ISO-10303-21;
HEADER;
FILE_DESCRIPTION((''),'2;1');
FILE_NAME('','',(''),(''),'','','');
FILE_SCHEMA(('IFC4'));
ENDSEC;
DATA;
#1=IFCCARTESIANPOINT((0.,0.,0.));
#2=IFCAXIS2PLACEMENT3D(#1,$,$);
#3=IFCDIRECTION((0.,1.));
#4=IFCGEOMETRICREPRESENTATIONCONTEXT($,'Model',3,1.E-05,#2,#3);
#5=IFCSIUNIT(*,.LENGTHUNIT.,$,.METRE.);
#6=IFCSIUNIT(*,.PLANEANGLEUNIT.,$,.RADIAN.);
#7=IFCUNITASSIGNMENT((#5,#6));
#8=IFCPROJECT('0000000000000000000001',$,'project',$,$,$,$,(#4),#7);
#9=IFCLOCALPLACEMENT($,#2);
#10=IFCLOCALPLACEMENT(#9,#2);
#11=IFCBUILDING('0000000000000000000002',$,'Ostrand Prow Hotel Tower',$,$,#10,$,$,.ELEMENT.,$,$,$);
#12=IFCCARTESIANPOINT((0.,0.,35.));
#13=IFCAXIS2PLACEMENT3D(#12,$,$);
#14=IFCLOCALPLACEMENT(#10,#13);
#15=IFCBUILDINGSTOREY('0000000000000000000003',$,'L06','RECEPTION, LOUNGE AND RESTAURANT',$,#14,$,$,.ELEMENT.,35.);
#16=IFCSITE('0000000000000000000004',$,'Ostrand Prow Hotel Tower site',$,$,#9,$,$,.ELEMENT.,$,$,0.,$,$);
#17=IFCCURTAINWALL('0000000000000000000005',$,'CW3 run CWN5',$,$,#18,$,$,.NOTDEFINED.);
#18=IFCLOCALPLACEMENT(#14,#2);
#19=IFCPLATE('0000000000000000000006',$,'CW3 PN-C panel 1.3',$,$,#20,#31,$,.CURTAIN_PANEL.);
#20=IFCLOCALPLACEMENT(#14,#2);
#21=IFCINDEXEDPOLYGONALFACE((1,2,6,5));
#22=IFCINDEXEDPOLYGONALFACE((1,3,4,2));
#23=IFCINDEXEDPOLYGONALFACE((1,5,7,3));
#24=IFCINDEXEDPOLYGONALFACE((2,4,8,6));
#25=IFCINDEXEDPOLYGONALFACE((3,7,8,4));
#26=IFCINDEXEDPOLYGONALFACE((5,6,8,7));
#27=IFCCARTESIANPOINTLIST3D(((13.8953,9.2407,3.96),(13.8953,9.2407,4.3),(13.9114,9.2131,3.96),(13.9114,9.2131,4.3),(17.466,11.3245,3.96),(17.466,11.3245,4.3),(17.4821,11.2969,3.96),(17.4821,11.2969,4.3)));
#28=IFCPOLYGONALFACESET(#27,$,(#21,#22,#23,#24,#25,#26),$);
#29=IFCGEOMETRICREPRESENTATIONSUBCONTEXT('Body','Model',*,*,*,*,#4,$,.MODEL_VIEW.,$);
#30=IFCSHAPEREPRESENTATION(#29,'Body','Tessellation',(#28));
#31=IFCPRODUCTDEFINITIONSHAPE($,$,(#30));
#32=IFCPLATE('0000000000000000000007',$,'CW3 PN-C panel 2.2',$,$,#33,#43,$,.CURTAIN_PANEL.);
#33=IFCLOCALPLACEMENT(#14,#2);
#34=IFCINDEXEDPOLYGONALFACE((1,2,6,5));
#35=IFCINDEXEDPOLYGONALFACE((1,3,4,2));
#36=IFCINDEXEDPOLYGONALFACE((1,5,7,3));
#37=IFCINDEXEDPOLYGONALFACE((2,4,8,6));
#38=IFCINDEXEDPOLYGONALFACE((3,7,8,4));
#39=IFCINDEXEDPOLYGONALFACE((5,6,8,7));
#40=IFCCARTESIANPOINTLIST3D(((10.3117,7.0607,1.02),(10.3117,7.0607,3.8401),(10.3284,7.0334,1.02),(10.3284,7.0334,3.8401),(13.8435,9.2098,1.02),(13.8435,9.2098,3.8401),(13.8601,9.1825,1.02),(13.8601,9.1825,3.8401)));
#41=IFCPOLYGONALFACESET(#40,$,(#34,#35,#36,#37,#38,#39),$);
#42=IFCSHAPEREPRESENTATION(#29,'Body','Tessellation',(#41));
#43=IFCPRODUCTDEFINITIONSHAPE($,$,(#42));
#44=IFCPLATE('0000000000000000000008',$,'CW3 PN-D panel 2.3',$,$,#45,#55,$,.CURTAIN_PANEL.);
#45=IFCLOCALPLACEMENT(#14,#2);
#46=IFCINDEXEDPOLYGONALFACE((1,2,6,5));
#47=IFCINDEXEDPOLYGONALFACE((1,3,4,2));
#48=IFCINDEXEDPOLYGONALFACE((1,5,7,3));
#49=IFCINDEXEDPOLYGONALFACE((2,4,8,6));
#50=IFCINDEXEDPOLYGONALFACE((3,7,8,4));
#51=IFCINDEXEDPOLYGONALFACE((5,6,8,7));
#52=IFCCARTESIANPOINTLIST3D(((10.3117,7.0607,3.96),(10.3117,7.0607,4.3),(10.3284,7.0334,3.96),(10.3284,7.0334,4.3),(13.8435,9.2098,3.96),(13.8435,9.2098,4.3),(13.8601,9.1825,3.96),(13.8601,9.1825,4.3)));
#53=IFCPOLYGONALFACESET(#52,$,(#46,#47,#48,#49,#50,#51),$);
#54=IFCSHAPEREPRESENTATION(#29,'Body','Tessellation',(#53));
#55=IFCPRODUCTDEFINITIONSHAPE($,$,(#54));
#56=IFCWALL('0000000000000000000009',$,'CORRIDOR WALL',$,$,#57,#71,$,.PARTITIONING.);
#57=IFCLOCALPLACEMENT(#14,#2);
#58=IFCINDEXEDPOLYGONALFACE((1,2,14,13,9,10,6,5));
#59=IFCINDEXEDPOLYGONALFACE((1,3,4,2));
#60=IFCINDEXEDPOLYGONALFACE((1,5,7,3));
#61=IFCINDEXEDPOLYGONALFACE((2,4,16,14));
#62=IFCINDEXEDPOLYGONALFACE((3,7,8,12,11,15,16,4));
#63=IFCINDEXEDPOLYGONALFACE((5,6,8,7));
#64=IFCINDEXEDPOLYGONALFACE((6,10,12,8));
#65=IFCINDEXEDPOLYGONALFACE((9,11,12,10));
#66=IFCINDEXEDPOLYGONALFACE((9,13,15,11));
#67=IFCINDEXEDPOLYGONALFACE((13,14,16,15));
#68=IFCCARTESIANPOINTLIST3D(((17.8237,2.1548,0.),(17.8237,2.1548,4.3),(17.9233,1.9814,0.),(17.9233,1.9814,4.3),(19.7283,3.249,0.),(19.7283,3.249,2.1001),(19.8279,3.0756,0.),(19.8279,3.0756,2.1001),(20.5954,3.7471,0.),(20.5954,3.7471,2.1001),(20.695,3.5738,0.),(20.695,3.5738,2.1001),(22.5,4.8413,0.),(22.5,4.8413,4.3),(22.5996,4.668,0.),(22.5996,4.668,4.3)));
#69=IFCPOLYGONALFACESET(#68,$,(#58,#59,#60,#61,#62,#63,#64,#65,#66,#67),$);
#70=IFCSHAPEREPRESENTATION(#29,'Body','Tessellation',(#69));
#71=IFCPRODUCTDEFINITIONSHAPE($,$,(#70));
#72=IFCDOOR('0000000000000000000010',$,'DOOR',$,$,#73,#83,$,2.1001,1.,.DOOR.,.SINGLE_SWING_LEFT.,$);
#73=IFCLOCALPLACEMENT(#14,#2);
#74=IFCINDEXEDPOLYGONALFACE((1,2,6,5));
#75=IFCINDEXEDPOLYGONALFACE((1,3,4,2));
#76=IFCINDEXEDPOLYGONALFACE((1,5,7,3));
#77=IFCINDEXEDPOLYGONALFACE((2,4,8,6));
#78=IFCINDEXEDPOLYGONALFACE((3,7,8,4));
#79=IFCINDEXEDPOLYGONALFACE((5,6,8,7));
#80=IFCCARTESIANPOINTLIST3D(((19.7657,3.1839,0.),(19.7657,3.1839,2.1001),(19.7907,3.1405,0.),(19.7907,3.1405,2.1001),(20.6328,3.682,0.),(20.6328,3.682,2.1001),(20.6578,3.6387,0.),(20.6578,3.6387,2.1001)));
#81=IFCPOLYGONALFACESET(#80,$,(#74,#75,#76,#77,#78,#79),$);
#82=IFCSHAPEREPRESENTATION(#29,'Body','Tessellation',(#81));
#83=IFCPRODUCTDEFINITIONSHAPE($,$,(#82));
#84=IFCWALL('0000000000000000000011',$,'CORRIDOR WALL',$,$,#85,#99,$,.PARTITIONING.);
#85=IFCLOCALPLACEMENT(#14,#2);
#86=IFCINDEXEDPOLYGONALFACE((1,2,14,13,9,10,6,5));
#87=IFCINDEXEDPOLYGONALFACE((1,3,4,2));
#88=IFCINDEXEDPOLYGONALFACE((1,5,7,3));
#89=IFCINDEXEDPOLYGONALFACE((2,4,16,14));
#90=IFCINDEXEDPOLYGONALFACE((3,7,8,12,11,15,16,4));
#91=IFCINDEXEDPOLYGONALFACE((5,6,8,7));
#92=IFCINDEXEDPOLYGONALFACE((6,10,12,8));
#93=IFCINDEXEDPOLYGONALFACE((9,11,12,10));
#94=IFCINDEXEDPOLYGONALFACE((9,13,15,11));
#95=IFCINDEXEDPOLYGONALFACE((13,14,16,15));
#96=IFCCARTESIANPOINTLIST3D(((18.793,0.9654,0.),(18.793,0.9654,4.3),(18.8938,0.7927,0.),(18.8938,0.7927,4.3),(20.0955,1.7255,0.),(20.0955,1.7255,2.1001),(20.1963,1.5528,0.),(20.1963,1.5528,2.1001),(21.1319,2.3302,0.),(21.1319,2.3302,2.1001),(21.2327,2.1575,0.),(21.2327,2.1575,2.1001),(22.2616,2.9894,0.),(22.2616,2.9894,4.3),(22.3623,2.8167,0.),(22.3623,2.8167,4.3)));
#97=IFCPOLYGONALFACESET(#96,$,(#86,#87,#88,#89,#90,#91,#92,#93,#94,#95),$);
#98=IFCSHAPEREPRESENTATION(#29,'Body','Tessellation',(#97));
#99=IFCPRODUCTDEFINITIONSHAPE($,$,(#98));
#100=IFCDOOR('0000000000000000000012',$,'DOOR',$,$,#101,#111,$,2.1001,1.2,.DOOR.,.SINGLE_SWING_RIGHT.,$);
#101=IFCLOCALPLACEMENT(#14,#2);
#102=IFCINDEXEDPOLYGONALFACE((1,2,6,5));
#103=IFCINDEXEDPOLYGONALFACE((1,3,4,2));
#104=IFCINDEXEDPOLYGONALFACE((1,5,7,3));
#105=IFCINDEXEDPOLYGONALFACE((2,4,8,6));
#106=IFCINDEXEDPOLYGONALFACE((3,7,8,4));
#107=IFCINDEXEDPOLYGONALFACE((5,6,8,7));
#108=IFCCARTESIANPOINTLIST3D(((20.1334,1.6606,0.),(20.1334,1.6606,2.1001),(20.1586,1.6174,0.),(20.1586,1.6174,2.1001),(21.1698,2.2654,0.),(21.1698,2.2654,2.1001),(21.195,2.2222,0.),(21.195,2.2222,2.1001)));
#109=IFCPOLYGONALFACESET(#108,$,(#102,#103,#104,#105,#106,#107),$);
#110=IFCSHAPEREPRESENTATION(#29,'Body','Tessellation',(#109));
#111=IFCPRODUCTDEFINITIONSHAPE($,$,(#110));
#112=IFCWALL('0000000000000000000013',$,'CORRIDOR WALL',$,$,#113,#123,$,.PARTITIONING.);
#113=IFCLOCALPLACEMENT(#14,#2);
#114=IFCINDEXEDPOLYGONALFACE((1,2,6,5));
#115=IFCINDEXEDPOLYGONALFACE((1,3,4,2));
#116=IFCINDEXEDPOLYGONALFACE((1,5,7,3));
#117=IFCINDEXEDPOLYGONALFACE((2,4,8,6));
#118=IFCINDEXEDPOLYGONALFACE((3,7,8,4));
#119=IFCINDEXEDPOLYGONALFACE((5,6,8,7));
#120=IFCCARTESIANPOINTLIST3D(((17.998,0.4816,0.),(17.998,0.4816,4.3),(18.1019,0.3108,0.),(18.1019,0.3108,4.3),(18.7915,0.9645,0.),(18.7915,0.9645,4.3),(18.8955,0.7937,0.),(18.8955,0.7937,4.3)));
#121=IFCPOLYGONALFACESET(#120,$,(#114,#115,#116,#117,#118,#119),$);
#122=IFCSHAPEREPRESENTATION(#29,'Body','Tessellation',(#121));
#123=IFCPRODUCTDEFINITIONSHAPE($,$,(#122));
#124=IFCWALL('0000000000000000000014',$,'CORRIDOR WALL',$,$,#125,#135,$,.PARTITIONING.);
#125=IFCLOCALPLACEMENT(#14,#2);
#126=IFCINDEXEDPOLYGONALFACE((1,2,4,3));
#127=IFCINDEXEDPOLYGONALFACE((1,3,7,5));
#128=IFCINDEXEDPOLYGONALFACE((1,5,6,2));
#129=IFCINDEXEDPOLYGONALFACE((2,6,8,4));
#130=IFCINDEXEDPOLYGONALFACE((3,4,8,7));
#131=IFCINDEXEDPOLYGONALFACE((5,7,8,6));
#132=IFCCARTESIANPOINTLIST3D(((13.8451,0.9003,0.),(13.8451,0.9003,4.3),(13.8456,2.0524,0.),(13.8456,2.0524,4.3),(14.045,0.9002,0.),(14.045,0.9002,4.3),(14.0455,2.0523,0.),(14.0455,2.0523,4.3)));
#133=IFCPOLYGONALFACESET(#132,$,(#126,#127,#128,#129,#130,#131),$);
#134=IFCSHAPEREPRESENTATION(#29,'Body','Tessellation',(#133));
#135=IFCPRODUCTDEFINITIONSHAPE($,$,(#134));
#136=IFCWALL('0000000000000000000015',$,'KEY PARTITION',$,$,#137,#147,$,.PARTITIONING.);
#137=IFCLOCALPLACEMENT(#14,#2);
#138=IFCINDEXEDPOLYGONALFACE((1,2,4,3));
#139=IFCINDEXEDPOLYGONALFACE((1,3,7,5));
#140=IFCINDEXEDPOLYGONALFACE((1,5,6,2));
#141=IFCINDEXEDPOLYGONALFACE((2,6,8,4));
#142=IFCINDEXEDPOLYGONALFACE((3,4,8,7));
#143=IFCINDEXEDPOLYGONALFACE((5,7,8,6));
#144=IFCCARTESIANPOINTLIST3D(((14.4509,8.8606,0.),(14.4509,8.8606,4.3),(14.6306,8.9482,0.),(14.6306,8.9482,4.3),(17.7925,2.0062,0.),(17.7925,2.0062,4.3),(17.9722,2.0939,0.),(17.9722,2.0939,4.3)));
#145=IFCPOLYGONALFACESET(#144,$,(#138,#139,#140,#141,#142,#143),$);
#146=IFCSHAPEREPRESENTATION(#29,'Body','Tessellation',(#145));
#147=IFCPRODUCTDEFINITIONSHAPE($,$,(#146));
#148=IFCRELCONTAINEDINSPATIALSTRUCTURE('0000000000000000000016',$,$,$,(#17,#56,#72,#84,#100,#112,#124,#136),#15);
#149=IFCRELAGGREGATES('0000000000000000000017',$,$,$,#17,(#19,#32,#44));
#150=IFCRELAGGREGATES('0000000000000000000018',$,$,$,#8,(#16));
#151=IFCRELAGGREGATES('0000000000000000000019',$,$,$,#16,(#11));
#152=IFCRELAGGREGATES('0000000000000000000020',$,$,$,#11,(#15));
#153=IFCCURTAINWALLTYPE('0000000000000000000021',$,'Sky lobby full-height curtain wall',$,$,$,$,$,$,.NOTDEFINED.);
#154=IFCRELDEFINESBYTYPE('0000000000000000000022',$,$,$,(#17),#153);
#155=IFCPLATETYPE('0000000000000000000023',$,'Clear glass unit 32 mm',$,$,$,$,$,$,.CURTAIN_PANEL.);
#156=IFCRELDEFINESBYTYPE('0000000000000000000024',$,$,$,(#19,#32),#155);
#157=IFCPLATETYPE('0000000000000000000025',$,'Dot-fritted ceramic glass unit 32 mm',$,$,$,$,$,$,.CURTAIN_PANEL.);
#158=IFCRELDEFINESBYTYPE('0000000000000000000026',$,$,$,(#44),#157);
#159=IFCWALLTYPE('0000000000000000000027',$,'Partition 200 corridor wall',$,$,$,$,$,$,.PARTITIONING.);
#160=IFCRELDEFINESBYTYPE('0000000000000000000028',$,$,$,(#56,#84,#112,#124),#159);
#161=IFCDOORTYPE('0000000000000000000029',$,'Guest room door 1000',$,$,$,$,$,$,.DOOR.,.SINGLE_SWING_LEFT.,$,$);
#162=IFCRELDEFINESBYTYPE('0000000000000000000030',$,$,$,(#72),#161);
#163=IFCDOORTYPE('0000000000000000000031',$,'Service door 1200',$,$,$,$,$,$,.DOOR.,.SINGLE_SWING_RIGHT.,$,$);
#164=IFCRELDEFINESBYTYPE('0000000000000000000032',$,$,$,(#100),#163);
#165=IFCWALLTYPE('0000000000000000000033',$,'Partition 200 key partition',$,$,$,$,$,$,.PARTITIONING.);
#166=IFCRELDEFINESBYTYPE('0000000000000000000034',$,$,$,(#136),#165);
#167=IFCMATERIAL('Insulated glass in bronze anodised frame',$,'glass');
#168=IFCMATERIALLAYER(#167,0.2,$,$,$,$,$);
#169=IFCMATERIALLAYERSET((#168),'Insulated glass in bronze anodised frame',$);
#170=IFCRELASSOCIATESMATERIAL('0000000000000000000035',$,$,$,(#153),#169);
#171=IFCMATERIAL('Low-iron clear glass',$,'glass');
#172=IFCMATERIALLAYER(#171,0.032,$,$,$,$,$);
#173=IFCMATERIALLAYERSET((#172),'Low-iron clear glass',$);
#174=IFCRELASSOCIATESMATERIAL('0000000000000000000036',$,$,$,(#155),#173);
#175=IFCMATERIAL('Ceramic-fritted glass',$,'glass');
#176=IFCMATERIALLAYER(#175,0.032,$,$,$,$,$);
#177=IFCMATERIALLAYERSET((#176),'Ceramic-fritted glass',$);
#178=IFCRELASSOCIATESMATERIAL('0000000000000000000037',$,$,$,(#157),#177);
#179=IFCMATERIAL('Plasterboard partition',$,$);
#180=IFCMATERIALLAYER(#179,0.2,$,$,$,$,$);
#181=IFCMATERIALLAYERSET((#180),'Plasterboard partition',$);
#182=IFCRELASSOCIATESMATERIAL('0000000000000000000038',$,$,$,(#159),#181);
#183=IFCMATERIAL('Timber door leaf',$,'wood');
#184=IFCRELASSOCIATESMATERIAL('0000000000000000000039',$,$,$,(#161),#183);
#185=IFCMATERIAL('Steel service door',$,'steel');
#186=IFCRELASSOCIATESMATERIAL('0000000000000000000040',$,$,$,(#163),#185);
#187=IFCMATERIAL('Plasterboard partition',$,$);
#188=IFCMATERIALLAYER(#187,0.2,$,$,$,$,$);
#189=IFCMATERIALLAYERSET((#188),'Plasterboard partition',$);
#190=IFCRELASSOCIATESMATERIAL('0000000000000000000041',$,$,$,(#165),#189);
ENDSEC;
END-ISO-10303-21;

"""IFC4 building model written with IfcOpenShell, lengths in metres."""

from ifc_helpers import new_model, si_unit, direction, frame, frame_2d, origin, origin_2d, place, context, subcontext, project, spatial, rectangle, extrude, material, layer, layer_set, type_object, element, fill, aggregate, save


model = new_model("IFC4")

# Units and contexts
model_context = context("Model", 3, precision=1e-05, world=origin(), true_north=direction((0.0, 1.0)))
body_context = subcontext(model_context, "Body", "Model", "MODEL_VIEW")
ifc_project = project(units=[si_unit("LENGTHUNIT", "METRE"), si_unit("PLANEANGLEUNIT", "RADIAN")], contexts=[model_context])

# Site, building, storey
site_placement = place(None, origin())
site = spatial("IfcSite", under=ifc_project, at=site_placement, Name="Ostrand Prow Hotel Tower site", CompositionType="ELEMENT", RefElevation=0.0)
building_placement = place(site_placement, origin())
building = spatial("IfcBuilding", under=site, at=building_placement, Name="Ostrand Prow Hotel Tower", CompositionType="ELEMENT")
storey_placement = place(building_placement, frame((0.0, 0.0, 35.0)))
storey = spatial("IfcBuildingStorey", under=building, at=storey_placement, Name="L06", Description="RECEPTION, LOUNGE AND RESTAURANT", CompositionType="ELEMENT", Elevation=35.0)

# Shared definitions
ifc_material_1 = material(Name="Insulated glass in bronze anodised frame", Category="glass")
ifc_layer_1 = layer(ifc_material_1, 0.2)
ifc_layer_set_1 = layer_set([ifc_layer_1], Name="Insulated glass in bronze anodised frame")
curtain_wall_type = type_object("IfcCurtainWallType", Name="Sky lobby full-height curtain wall", PredefinedType="NOTDEFINED", material=ifc_layer_set_1)

# Curtain wall
curtain_wall_1_placement = place(storey_placement, origin())
curtain_wall_1 = element("IfcCurtainWall", 1, at=curtain_wall_1_placement, inside=storey, type_object=curtain_wall_type, Name="CW3 run CWN5", PredefinedType="NOTDEFINED")

# Plates
ifc_material_2 = material(Name="Low-iron clear glass", Category="glass")
ifc_layer_2 = layer(ifc_material_2, 0.032)
ifc_layer_set_2 = layer_set([ifc_layer_2], Name="Low-iron clear glass")
plate_type_1 = type_object("IfcPlateType", Name="Clear glass unit 32 mm", PredefinedType="CURTAIN_PANEL", material=ifc_layer_set_2)
plate_1_placement = place(storey_placement, frame((15.6887, 10.2688, 3.96), z_axis=(0.0, 0.0, 1.0), x_axis=(-0.86369, -0.504023, 0.0)))
plate_1 = element("IfcPlate", 2, at=plate_1_placement, type_object=plate_type_1, Name="CW3 PN-C panel 1.3", PredefinedType="CURTAIN_PANEL", context=body_context, shape_type="SweptSolid", body=[
    extrude(rectangle(XDim=4.1343, YDim=0.032, at=origin_2d()), origin(), (0.0, 0.0, 1.0), 0.3401),
])
plate_2_placement = place(storey_placement, frame((12.0859, 8.1216, 1.02), z_axis=(0.0, 0.0, 1.0), x_axis=(-0.854269, -0.519831, 0.0)))
plate_2 = element("IfcPlate", 3, at=plate_2_placement, type_object=plate_type_1, Name="CW3 PN-C panel 2.2", PredefinedType="CURTAIN_PANEL", context=body_context, shape_type="SweptSolid", body=[
    extrude(rectangle(XDim=4.1343, YDim=0.032, at=origin_2d()), origin(), (0.0, 0.0, 1.0), 2.8201),
])
ifc_material_3 = material(Name="Ceramic-fritted glass", Category="glass")
ifc_layer_3 = layer(ifc_material_3, 0.032)
ifc_layer_set_3 = layer_set([ifc_layer_3], Name="Ceramic-fritted glass")
plate_type_2 = type_object("IfcPlateType", Name="Dot-fritted ceramic glass unit 32 mm", PredefinedType="CURTAIN_PANEL", material=ifc_layer_set_3)
plate_3_placement = place(storey_placement, frame((12.0859, 8.1216, 3.96), z_axis=(0.0, 0.0, 1.0), x_axis=(-0.854269, -0.519831, 0.0)))
plate_3 = element("IfcPlate", 4, at=plate_3_placement, type_object=plate_type_2, Name="CW3 PN-D panel 2.3", PredefinedType="CURTAIN_PANEL", context=body_context, shape_type="SweptSolid", body=[
    extrude(rectangle(XDim=4.1343, YDim=0.032, at=origin_2d()), origin(), (0.0, 0.0, 1.0), 0.3401),
])
aggregate(curtain_wall_1, [plate_1, plate_2, plate_3])

# Walls, openings, doors
ifc_material_4 = material(Name="Plasterboard partition")
ifc_layer_4 = layer(ifc_material_4, 0.2)
ifc_layer_set_4 = layer_set([ifc_layer_4], Name="Plasterboard partition")
wall_type_1 = type_object("IfcWallType", Name="Partition 200 corridor wall", PredefinedType="PARTITIONING", material=ifc_layer_set_4)
wall_1_placement = place(storey_placement, frame((17.8735, 2.0681, 0.0), z_axis=(0.0, 0.0, 1.0), x_axis=(0.867093, 0.498146, 0.0)))
wall_1 = element("IfcWall", 5, at=wall_1_placement, inside=storey, type_object=wall_type_1, Name="CORRIDOR WALL", PredefinedType="PARTITIONING", context=body_context, shape_type="SweptSolid", body=[
    extrude(rectangle(XDim=5.3931, YDim=0.2, at=frame_2d((2.6965, 0.0))), origin(), (0.0, 0.0, 1.0), 4.3),
])
opening_1_placement = place(wall_1_placement, frame((2.1965, 0.0, 0.0)))
opening_1 = element("IfcOpeningElement", 6, at=opening_1_placement, cuts=wall_1, PredefinedType="OPENING", context=body_context, shape_type="SweptSolid", body=[
    extrude(rectangle(XDim=1.0, YDim=2.1001, at=frame_2d((0.5, 1.05))), frame((0.0, 0.1099, 0.0), z_axis=(0.0, -1.0, 0.0), x_axis=(1.0, 0.0, 0.0)), (0.0, 0.0, 1.0), 0.22),
])
ifc_material_5 = material(Name="Timber door leaf", Category="wood")
door_type_1 = type_object("IfcDoorType", Name="Guest room door 1000", OperationType="SINGLE_SWING_LEFT", PredefinedType="DOOR", material=ifc_material_5)
door_1_placement = place(opening_1_placement, origin())
door_1 = element("IfcDoor", 7, at=door_1_placement, inside=storey, type_object=door_type_1, Name="DOOR", OperationType="SINGLE_SWING_LEFT", OverallHeight=2.1001, OverallWidth=1.0, PredefinedType="DOOR", context=body_context, shape_type="SweptSolid", body=[
    extrude(rectangle(XDim=1.0, YDim=2.1001, at=frame_2d((0.5, 1.05))), frame((0.0, 0.0249, 0.0), z_axis=(0.0, -1.0, 0.0), x_axis=(1.0, 0.0, 0.0)), (0.0, 0.0, 1.0), 0.05),
])
fill(opening_1, door_1)
wall_2_placement = place(storey_placement, frame((18.8435, 0.8792, 0.0), z_axis=(0.0, 0.0, 1.0), x_axis=(0.863711, 0.503988, 0.0)))
wall_2 = element("IfcWall", 8, at=wall_2_placement, inside=storey, type_object=wall_type_1, Name="CORRIDOR WALL", PredefinedType="PARTITIONING", context=body_context, shape_type="SweptSolid", body=[
    extrude(rectangle(XDim=4.0159, YDim=0.2, at=frame_2d((2.0078, 0.0))), origin(), (0.0, 0.0, 1.0), 4.3),
])
opening_2_placement = place(wall_2_placement, frame((1.5078, 0.0, 0.0)))
opening_2 = element("IfcOpeningElement", 9, at=opening_2_placement, cuts=wall_2, PredefinedType="OPENING", context=body_context, shape_type="SweptSolid", body=[
    extrude(rectangle(XDim=1.2, YDim=2.1001, at=frame_2d((0.6001, 1.05))), frame((0.0, 0.1099, 0.0), z_axis=(0.0, -1.0, 0.0), x_axis=(1.0, 0.0, 0.0)), (0.0, 0.0, 1.0), 0.22),
])
ifc_material_6 = material(Name="Steel service door", Category="steel")
door_type_2 = type_object("IfcDoorType", Name="Service door 1200", OperationType="SINGLE_SWING_RIGHT", PredefinedType="DOOR", material=ifc_material_6)
door_2_placement = place(opening_2_placement, origin())
door_2 = element("IfcDoor", 10, at=door_2_placement, inside=storey, type_object=door_type_2, Name="DOOR", OperationType="SINGLE_SWING_RIGHT", OverallHeight=2.1001, OverallWidth=1.2, PredefinedType="DOOR", context=body_context, shape_type="SweptSolid", body=[
    extrude(rectangle(XDim=1.2, YDim=2.1001, at=frame_2d((0.6001, 1.05))), frame((0.0, 0.0249, 0.0), z_axis=(0.0, -1.0, 0.0), x_axis=(1.0, 0.0, 0.0)), (0.0, 0.0, 1.0), 0.05),
])
fill(opening_2, door_2)

# Walls
wall_3_placement = place(storey_placement, frame((18.05, 0.3962, 0.0), z_axis=(0.0, 0.0, 1.0), x_axis=(0.854229, 0.519897, 0.0)))
element("IfcWall", 11, at=wall_3_placement, inside=storey, type_object=wall_type_1, Name="CORRIDOR WALL", PredefinedType="PARTITIONING", context=body_context, shape_type="SweptSolid", body=[
    extrude(rectangle(XDim=0.929, YDim=0.2, at=frame_2d((0.4644, 0.0))), origin(), (0.0, 0.0, 1.0), 4.3),
])
wall_4_placement = place(storey_placement, frame((13.9456, 2.0525, 0.0), z_axis=(0.0, 0.0, 1.0), x_axis=(-0.000424, -1.0, 0.0)))
element("IfcWall", 12, at=wall_4_placement, inside=storey, type_object=wall_type_1, Name="CORRIDOR WALL", PredefinedType="PARTITIONING", context=body_context, shape_type="SweptSolid", body=[
    extrude(rectangle(XDim=1.1521, YDim=0.2, at=frame_2d((0.5762, 0.0))), origin(), (0.0, 0.0, 1.0), 4.3),
])
ifc_material_7 = material(Name="Plasterboard partition")
ifc_layer_5 = layer(ifc_material_7, 0.2)
ifc_layer_set_5 = layer_set([ifc_layer_5], Name="Plasterboard partition")
wall_type_2 = type_object("IfcWallType", Name="Partition 200 key partition", PredefinedType="PARTITIONING", material=ifc_layer_set_5)
wall_5_placement = place(storey_placement, frame((17.8823, 2.05, 0.0), z_axis=(0.0, 0.0, 1.0), x_axis=(-0.438214, 0.898871, 0.0)))
element("IfcWall", 13, at=wall_5_placement, inside=storey, type_object=wall_type_2, Name="KEY PARTITION", PredefinedType="PARTITIONING", context=body_context, shape_type="SweptSolid", body=[
    extrude(rectangle(XDim=7.6255, YDim=0.2, at=frame_2d((3.8127, 0.0))), origin(), (0.0, 0.0, 1.0), 4.3),
])

save(model, "model.ifc")
